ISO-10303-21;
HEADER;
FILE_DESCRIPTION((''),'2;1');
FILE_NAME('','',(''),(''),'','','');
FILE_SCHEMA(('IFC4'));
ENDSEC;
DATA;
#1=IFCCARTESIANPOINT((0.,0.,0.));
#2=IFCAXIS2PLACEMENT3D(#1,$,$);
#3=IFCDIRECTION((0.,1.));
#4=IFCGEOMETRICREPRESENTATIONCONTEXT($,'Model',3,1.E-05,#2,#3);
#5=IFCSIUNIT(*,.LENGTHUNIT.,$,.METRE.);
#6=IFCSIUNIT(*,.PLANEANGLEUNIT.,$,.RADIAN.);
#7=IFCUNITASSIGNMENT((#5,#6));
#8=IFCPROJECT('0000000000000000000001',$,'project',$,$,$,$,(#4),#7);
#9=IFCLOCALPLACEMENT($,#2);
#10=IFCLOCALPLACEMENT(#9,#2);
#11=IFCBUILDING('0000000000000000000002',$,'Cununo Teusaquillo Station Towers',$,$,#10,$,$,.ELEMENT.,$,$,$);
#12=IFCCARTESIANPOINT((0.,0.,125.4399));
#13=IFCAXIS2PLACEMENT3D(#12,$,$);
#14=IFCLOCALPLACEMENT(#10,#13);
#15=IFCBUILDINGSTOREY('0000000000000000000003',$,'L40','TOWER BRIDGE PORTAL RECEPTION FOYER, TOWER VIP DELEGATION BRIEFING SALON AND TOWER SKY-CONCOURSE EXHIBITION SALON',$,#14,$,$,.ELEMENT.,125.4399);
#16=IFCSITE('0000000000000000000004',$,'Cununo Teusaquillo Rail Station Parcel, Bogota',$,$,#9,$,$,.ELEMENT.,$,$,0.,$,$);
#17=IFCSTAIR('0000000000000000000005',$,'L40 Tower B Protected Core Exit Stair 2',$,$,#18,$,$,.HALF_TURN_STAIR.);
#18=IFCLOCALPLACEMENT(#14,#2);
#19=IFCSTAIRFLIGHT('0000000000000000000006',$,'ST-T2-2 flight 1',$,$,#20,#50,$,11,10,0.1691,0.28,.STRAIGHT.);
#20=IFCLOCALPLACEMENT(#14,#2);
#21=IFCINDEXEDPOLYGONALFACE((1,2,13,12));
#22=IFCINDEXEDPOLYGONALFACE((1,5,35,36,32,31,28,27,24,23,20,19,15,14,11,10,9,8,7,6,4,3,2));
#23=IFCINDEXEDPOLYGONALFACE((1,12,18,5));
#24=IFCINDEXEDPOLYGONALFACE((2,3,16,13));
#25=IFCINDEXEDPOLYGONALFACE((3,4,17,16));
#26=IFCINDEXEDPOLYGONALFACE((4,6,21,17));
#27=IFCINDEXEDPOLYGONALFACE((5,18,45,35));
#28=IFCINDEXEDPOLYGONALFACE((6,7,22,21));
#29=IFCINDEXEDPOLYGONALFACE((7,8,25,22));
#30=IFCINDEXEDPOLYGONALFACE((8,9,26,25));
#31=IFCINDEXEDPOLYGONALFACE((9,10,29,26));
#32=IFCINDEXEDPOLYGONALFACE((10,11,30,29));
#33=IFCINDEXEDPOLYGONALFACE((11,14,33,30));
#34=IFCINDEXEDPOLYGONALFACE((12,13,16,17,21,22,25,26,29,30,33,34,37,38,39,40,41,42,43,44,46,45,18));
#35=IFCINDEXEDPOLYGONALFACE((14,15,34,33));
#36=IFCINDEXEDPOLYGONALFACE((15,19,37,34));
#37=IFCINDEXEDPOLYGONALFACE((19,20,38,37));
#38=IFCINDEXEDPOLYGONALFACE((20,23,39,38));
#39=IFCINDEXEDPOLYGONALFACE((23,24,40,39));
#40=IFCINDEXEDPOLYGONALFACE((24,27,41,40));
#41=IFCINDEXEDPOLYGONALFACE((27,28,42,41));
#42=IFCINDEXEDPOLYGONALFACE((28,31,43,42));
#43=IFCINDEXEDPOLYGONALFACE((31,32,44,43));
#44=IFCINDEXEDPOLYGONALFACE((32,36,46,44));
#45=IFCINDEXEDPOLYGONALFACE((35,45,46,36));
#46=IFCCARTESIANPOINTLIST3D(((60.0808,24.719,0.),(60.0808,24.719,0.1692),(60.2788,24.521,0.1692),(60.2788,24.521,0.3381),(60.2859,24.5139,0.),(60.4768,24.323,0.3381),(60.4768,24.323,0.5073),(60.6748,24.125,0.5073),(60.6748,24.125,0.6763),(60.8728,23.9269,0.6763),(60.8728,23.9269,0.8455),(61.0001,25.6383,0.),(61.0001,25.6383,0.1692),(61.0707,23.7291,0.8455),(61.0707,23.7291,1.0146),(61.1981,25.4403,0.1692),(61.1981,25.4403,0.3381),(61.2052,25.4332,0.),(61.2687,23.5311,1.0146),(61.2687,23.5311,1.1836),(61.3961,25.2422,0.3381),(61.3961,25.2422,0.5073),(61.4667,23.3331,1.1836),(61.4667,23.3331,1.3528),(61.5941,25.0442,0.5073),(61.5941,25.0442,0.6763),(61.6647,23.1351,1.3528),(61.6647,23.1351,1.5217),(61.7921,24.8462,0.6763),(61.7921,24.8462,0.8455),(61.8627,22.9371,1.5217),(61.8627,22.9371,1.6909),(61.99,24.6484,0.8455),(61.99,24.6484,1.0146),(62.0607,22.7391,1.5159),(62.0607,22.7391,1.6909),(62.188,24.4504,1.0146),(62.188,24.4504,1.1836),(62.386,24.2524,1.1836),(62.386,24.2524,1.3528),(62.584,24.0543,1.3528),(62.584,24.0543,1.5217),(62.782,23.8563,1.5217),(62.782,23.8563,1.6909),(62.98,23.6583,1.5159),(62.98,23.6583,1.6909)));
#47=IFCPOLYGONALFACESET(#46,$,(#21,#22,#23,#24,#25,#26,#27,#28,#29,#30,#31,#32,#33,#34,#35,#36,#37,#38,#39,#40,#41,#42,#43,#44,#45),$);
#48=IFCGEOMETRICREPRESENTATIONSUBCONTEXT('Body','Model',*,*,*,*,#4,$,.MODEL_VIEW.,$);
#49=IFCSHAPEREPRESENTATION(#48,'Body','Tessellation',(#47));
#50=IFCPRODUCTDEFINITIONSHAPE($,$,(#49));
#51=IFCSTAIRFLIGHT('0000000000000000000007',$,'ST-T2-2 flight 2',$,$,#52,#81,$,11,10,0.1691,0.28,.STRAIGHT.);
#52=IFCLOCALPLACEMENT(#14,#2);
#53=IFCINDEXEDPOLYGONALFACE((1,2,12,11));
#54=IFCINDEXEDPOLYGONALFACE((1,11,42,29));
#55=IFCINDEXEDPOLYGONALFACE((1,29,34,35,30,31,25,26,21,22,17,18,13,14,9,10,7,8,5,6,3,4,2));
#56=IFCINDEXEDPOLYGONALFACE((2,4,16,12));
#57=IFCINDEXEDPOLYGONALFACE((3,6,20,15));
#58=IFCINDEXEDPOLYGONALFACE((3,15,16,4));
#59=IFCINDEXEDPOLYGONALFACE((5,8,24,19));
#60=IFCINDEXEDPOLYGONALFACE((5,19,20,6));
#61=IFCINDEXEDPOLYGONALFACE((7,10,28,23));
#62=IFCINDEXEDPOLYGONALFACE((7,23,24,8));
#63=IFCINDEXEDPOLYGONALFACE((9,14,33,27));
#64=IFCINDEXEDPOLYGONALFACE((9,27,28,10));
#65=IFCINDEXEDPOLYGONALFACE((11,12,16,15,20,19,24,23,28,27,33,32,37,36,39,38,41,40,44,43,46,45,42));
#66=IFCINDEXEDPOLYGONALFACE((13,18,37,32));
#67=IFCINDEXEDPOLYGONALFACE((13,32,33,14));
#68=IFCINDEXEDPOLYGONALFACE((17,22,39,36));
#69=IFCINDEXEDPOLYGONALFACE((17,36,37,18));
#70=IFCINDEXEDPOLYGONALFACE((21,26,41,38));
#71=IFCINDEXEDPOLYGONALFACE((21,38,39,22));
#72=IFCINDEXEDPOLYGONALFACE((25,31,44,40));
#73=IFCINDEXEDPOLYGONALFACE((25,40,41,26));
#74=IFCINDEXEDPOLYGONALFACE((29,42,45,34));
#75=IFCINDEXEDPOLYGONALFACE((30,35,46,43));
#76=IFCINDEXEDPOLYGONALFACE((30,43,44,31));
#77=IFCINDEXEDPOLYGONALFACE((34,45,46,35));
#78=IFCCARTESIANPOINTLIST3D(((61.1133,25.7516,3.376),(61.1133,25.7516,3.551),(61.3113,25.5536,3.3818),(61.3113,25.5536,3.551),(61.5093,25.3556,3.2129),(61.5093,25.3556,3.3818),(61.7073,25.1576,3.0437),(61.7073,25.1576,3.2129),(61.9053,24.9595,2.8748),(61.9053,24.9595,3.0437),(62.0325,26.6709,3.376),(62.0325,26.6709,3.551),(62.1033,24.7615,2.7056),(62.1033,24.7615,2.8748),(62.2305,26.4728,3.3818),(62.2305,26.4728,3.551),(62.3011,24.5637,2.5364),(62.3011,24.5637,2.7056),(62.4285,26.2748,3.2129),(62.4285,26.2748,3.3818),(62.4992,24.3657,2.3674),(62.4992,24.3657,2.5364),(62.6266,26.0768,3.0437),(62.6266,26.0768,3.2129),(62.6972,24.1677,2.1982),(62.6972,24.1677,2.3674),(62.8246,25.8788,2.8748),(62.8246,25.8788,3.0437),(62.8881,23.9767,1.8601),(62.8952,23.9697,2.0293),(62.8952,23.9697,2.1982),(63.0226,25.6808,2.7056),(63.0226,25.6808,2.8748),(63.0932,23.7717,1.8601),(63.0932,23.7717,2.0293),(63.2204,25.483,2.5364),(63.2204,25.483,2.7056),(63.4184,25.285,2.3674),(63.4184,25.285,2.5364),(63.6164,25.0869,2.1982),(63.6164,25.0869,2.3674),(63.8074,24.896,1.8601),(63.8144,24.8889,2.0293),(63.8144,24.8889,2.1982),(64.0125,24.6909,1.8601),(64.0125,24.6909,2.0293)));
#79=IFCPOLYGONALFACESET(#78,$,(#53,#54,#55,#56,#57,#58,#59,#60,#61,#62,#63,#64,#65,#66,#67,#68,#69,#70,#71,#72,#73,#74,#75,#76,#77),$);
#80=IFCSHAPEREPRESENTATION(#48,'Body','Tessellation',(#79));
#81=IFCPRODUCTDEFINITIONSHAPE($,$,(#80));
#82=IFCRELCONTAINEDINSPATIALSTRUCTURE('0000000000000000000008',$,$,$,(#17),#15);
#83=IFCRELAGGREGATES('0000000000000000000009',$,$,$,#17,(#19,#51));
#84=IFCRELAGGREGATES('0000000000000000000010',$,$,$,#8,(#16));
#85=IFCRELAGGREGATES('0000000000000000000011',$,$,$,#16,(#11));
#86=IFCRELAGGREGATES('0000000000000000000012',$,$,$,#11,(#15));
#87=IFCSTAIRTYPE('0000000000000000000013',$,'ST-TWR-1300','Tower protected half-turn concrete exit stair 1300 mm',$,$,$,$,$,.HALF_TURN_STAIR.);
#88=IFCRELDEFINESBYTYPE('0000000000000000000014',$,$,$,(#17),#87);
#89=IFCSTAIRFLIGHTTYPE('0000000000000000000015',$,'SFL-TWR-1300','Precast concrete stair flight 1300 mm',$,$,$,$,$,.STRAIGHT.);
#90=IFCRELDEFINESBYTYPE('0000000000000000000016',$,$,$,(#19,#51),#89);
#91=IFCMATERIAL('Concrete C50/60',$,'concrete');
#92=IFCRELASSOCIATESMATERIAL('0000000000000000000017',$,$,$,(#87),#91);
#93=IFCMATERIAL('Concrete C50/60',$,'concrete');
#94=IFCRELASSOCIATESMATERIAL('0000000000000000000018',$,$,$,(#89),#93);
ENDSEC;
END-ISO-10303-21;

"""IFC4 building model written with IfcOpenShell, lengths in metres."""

from ifc_helpers import new_model, si_unit, direction, frame, origin, place, context, subcontext, project, spatial, polyline, outline, extrude, material, type_object, element, aggregate, save


model = new_model("IFC4")

# Units and contexts
model_context = context("Model", 3, precision=1e-05, world=origin(), true_north=direction((0.0, 1.0)))
body_context = subcontext(model_context, "Body", "Model", "MODEL_VIEW")
ifc_project = project(units=[si_unit("LENGTHUNIT", "METRE"), si_unit("PLANEANGLEUNIT", "RADIAN")], contexts=[model_context])

# Site, building, storey
site_placement = place(None, origin())
site = spatial("IfcSite", under=ifc_project, at=site_placement, Name="Cununo Teusaquillo Rail Station Parcel, Bogota", CompositionType="ELEMENT", RefElevation=0.0)
building_placement = place(site_placement, origin())
building = spatial("IfcBuilding", under=site, at=building_placement, Name="Cununo Teusaquillo Station Towers", CompositionType="ELEMENT")
storey_placement = place(building_placement, frame((0.0, 0.0, 125.4399)))
storey = spatial("IfcBuildingStorey", under=building, at=storey_placement, Name="L40", Description="TOWER BRIDGE PORTAL RECEPTION FOYER, TOWER VIP DELEGATION BRIEFING SALON AND TOWER SKY-CONCOURSE EXHIBITION SALON", CompositionType="ELEMENT", Elevation=125.4399)

# Stair, stair flights
ifc_material_1 = material(Name="Concrete C50/60", Category="concrete")
stair_type = type_object("IfcStairType", Name="ST-TWR-1300", Description="Tower protected half-turn concrete exit stair 1300 mm", PredefinedType="HALF_TURN_STAIR", material=ifc_material_1)
stair_placement = place(storey_placement, origin())
stair = element("IfcStair", 1, at=stair_placement, inside=storey, type_object=stair_type, Name="L40 Tower B Protected Core Exit Stair 2", PredefinedType="HALF_TURN_STAIR")
ifc_material_2 = material(Name="Concrete C50/60", Category="concrete")
stair_flight_type = type_object("IfcStairFlightType", Name="SFL-TWR-1300", Description="Precast concrete stair flight 1300 mm", PredefinedType="STRAIGHT", material=ifc_material_2)
stair_flight_1_placement = place(storey_placement, frame((60.5405, 25.1787, 0.0), z_axis=(0.0, 0.0, 1.0), x_axis=(0.707107, -0.707107, 0.0)))
stair_flight_1 = element("IfcStairFlight", 2, at=stair_flight_1_placement, type_object=stair_flight_type, Name="ST-T2-2 flight 1", NumberOfRisers=11, NumberOfTreads=10, PredefinedType="STRAIGHT", RiserHeight=0.1691, TreadLength=0.28, context=body_context, shape_type="SweptSolid", body=[
    extrude(outline(polyline([(0.0, 0.0), (0.0, 0.1692), (0.28, 0.1692), (0.28, 0.3381), (0.5601, 0.3381), (0.5601, 0.5073), (0.8401, 0.5073), (0.8401, 0.6763), (1.1201, 0.6763), (1.1201, 0.8455), (1.3999, 0.8455), (1.3999, 1.0146), (1.6799, 1.0146), (1.6799, 1.1836), (1.96, 1.1836), (1.96, 1.3528), (2.24, 1.3528), (2.24, 1.5217), (2.52, 1.5217), (2.52, 1.6909), (2.8, 1.6909), (2.8, 1.8601), (2.8, 1.5159), (0.29, 0.0), (0.0, 0.0)])), frame((0.0, 0.6499, 0.0), z_axis=(0.0, -1.0, 0.0), x_axis=(1.0, 0.0, 0.0)), (0.0, 0.0, 1.0), 1.3),
])
stair_flight_2_placement = place(storey_placement, frame((63.5527, 24.2312, 1.8601), z_axis=(0.0, 0.0, 1.0), x_axis=(-0.707107, 0.707107, 0.0)))
stair_flight_2 = element("IfcStairFlight", 3, at=stair_flight_2_placement, type_object=stair_flight_type, Name="ST-T2-2 flight 2", NumberOfRisers=11, NumberOfTreads=10, PredefinedType="STRAIGHT", RiserHeight=0.1691, TreadLength=0.28, context=body_context, shape_type="SweptSolid", body=[
    extrude(outline(polyline([(0.0, 0.0), (0.0, 0.1692), (0.28, 0.1692), (0.28, 0.3381), (0.5601, 0.3381), (0.5601, 0.5073), (0.8401, 0.5073), (0.8401, 0.6763), (1.1201, 0.6763), (1.1201, 0.8455), (1.3999, 0.8455), (1.3999, 1.0146), (1.6799, 1.0146), (1.6799, 1.1836), (1.96, 1.1836), (1.96, 1.3528), (2.24, 1.3528), (2.24, 1.5217), (2.52, 1.5217), (2.52, 1.6909), (2.8, 1.6909), (2.8, 1.8601), (2.8, 1.5159), (0.29, 0.0), (0.0, 0.0)])), frame((0.0, 0.6499, 0.0), z_axis=(0.0, -1.0, 0.0), x_axis=(1.0, 0.0, 0.0)), (0.0, 0.0, 1.0), 1.3),
])
aggregate(stair, [stair_flight_1, stair_flight_2])

save(model, "model.ifc")
